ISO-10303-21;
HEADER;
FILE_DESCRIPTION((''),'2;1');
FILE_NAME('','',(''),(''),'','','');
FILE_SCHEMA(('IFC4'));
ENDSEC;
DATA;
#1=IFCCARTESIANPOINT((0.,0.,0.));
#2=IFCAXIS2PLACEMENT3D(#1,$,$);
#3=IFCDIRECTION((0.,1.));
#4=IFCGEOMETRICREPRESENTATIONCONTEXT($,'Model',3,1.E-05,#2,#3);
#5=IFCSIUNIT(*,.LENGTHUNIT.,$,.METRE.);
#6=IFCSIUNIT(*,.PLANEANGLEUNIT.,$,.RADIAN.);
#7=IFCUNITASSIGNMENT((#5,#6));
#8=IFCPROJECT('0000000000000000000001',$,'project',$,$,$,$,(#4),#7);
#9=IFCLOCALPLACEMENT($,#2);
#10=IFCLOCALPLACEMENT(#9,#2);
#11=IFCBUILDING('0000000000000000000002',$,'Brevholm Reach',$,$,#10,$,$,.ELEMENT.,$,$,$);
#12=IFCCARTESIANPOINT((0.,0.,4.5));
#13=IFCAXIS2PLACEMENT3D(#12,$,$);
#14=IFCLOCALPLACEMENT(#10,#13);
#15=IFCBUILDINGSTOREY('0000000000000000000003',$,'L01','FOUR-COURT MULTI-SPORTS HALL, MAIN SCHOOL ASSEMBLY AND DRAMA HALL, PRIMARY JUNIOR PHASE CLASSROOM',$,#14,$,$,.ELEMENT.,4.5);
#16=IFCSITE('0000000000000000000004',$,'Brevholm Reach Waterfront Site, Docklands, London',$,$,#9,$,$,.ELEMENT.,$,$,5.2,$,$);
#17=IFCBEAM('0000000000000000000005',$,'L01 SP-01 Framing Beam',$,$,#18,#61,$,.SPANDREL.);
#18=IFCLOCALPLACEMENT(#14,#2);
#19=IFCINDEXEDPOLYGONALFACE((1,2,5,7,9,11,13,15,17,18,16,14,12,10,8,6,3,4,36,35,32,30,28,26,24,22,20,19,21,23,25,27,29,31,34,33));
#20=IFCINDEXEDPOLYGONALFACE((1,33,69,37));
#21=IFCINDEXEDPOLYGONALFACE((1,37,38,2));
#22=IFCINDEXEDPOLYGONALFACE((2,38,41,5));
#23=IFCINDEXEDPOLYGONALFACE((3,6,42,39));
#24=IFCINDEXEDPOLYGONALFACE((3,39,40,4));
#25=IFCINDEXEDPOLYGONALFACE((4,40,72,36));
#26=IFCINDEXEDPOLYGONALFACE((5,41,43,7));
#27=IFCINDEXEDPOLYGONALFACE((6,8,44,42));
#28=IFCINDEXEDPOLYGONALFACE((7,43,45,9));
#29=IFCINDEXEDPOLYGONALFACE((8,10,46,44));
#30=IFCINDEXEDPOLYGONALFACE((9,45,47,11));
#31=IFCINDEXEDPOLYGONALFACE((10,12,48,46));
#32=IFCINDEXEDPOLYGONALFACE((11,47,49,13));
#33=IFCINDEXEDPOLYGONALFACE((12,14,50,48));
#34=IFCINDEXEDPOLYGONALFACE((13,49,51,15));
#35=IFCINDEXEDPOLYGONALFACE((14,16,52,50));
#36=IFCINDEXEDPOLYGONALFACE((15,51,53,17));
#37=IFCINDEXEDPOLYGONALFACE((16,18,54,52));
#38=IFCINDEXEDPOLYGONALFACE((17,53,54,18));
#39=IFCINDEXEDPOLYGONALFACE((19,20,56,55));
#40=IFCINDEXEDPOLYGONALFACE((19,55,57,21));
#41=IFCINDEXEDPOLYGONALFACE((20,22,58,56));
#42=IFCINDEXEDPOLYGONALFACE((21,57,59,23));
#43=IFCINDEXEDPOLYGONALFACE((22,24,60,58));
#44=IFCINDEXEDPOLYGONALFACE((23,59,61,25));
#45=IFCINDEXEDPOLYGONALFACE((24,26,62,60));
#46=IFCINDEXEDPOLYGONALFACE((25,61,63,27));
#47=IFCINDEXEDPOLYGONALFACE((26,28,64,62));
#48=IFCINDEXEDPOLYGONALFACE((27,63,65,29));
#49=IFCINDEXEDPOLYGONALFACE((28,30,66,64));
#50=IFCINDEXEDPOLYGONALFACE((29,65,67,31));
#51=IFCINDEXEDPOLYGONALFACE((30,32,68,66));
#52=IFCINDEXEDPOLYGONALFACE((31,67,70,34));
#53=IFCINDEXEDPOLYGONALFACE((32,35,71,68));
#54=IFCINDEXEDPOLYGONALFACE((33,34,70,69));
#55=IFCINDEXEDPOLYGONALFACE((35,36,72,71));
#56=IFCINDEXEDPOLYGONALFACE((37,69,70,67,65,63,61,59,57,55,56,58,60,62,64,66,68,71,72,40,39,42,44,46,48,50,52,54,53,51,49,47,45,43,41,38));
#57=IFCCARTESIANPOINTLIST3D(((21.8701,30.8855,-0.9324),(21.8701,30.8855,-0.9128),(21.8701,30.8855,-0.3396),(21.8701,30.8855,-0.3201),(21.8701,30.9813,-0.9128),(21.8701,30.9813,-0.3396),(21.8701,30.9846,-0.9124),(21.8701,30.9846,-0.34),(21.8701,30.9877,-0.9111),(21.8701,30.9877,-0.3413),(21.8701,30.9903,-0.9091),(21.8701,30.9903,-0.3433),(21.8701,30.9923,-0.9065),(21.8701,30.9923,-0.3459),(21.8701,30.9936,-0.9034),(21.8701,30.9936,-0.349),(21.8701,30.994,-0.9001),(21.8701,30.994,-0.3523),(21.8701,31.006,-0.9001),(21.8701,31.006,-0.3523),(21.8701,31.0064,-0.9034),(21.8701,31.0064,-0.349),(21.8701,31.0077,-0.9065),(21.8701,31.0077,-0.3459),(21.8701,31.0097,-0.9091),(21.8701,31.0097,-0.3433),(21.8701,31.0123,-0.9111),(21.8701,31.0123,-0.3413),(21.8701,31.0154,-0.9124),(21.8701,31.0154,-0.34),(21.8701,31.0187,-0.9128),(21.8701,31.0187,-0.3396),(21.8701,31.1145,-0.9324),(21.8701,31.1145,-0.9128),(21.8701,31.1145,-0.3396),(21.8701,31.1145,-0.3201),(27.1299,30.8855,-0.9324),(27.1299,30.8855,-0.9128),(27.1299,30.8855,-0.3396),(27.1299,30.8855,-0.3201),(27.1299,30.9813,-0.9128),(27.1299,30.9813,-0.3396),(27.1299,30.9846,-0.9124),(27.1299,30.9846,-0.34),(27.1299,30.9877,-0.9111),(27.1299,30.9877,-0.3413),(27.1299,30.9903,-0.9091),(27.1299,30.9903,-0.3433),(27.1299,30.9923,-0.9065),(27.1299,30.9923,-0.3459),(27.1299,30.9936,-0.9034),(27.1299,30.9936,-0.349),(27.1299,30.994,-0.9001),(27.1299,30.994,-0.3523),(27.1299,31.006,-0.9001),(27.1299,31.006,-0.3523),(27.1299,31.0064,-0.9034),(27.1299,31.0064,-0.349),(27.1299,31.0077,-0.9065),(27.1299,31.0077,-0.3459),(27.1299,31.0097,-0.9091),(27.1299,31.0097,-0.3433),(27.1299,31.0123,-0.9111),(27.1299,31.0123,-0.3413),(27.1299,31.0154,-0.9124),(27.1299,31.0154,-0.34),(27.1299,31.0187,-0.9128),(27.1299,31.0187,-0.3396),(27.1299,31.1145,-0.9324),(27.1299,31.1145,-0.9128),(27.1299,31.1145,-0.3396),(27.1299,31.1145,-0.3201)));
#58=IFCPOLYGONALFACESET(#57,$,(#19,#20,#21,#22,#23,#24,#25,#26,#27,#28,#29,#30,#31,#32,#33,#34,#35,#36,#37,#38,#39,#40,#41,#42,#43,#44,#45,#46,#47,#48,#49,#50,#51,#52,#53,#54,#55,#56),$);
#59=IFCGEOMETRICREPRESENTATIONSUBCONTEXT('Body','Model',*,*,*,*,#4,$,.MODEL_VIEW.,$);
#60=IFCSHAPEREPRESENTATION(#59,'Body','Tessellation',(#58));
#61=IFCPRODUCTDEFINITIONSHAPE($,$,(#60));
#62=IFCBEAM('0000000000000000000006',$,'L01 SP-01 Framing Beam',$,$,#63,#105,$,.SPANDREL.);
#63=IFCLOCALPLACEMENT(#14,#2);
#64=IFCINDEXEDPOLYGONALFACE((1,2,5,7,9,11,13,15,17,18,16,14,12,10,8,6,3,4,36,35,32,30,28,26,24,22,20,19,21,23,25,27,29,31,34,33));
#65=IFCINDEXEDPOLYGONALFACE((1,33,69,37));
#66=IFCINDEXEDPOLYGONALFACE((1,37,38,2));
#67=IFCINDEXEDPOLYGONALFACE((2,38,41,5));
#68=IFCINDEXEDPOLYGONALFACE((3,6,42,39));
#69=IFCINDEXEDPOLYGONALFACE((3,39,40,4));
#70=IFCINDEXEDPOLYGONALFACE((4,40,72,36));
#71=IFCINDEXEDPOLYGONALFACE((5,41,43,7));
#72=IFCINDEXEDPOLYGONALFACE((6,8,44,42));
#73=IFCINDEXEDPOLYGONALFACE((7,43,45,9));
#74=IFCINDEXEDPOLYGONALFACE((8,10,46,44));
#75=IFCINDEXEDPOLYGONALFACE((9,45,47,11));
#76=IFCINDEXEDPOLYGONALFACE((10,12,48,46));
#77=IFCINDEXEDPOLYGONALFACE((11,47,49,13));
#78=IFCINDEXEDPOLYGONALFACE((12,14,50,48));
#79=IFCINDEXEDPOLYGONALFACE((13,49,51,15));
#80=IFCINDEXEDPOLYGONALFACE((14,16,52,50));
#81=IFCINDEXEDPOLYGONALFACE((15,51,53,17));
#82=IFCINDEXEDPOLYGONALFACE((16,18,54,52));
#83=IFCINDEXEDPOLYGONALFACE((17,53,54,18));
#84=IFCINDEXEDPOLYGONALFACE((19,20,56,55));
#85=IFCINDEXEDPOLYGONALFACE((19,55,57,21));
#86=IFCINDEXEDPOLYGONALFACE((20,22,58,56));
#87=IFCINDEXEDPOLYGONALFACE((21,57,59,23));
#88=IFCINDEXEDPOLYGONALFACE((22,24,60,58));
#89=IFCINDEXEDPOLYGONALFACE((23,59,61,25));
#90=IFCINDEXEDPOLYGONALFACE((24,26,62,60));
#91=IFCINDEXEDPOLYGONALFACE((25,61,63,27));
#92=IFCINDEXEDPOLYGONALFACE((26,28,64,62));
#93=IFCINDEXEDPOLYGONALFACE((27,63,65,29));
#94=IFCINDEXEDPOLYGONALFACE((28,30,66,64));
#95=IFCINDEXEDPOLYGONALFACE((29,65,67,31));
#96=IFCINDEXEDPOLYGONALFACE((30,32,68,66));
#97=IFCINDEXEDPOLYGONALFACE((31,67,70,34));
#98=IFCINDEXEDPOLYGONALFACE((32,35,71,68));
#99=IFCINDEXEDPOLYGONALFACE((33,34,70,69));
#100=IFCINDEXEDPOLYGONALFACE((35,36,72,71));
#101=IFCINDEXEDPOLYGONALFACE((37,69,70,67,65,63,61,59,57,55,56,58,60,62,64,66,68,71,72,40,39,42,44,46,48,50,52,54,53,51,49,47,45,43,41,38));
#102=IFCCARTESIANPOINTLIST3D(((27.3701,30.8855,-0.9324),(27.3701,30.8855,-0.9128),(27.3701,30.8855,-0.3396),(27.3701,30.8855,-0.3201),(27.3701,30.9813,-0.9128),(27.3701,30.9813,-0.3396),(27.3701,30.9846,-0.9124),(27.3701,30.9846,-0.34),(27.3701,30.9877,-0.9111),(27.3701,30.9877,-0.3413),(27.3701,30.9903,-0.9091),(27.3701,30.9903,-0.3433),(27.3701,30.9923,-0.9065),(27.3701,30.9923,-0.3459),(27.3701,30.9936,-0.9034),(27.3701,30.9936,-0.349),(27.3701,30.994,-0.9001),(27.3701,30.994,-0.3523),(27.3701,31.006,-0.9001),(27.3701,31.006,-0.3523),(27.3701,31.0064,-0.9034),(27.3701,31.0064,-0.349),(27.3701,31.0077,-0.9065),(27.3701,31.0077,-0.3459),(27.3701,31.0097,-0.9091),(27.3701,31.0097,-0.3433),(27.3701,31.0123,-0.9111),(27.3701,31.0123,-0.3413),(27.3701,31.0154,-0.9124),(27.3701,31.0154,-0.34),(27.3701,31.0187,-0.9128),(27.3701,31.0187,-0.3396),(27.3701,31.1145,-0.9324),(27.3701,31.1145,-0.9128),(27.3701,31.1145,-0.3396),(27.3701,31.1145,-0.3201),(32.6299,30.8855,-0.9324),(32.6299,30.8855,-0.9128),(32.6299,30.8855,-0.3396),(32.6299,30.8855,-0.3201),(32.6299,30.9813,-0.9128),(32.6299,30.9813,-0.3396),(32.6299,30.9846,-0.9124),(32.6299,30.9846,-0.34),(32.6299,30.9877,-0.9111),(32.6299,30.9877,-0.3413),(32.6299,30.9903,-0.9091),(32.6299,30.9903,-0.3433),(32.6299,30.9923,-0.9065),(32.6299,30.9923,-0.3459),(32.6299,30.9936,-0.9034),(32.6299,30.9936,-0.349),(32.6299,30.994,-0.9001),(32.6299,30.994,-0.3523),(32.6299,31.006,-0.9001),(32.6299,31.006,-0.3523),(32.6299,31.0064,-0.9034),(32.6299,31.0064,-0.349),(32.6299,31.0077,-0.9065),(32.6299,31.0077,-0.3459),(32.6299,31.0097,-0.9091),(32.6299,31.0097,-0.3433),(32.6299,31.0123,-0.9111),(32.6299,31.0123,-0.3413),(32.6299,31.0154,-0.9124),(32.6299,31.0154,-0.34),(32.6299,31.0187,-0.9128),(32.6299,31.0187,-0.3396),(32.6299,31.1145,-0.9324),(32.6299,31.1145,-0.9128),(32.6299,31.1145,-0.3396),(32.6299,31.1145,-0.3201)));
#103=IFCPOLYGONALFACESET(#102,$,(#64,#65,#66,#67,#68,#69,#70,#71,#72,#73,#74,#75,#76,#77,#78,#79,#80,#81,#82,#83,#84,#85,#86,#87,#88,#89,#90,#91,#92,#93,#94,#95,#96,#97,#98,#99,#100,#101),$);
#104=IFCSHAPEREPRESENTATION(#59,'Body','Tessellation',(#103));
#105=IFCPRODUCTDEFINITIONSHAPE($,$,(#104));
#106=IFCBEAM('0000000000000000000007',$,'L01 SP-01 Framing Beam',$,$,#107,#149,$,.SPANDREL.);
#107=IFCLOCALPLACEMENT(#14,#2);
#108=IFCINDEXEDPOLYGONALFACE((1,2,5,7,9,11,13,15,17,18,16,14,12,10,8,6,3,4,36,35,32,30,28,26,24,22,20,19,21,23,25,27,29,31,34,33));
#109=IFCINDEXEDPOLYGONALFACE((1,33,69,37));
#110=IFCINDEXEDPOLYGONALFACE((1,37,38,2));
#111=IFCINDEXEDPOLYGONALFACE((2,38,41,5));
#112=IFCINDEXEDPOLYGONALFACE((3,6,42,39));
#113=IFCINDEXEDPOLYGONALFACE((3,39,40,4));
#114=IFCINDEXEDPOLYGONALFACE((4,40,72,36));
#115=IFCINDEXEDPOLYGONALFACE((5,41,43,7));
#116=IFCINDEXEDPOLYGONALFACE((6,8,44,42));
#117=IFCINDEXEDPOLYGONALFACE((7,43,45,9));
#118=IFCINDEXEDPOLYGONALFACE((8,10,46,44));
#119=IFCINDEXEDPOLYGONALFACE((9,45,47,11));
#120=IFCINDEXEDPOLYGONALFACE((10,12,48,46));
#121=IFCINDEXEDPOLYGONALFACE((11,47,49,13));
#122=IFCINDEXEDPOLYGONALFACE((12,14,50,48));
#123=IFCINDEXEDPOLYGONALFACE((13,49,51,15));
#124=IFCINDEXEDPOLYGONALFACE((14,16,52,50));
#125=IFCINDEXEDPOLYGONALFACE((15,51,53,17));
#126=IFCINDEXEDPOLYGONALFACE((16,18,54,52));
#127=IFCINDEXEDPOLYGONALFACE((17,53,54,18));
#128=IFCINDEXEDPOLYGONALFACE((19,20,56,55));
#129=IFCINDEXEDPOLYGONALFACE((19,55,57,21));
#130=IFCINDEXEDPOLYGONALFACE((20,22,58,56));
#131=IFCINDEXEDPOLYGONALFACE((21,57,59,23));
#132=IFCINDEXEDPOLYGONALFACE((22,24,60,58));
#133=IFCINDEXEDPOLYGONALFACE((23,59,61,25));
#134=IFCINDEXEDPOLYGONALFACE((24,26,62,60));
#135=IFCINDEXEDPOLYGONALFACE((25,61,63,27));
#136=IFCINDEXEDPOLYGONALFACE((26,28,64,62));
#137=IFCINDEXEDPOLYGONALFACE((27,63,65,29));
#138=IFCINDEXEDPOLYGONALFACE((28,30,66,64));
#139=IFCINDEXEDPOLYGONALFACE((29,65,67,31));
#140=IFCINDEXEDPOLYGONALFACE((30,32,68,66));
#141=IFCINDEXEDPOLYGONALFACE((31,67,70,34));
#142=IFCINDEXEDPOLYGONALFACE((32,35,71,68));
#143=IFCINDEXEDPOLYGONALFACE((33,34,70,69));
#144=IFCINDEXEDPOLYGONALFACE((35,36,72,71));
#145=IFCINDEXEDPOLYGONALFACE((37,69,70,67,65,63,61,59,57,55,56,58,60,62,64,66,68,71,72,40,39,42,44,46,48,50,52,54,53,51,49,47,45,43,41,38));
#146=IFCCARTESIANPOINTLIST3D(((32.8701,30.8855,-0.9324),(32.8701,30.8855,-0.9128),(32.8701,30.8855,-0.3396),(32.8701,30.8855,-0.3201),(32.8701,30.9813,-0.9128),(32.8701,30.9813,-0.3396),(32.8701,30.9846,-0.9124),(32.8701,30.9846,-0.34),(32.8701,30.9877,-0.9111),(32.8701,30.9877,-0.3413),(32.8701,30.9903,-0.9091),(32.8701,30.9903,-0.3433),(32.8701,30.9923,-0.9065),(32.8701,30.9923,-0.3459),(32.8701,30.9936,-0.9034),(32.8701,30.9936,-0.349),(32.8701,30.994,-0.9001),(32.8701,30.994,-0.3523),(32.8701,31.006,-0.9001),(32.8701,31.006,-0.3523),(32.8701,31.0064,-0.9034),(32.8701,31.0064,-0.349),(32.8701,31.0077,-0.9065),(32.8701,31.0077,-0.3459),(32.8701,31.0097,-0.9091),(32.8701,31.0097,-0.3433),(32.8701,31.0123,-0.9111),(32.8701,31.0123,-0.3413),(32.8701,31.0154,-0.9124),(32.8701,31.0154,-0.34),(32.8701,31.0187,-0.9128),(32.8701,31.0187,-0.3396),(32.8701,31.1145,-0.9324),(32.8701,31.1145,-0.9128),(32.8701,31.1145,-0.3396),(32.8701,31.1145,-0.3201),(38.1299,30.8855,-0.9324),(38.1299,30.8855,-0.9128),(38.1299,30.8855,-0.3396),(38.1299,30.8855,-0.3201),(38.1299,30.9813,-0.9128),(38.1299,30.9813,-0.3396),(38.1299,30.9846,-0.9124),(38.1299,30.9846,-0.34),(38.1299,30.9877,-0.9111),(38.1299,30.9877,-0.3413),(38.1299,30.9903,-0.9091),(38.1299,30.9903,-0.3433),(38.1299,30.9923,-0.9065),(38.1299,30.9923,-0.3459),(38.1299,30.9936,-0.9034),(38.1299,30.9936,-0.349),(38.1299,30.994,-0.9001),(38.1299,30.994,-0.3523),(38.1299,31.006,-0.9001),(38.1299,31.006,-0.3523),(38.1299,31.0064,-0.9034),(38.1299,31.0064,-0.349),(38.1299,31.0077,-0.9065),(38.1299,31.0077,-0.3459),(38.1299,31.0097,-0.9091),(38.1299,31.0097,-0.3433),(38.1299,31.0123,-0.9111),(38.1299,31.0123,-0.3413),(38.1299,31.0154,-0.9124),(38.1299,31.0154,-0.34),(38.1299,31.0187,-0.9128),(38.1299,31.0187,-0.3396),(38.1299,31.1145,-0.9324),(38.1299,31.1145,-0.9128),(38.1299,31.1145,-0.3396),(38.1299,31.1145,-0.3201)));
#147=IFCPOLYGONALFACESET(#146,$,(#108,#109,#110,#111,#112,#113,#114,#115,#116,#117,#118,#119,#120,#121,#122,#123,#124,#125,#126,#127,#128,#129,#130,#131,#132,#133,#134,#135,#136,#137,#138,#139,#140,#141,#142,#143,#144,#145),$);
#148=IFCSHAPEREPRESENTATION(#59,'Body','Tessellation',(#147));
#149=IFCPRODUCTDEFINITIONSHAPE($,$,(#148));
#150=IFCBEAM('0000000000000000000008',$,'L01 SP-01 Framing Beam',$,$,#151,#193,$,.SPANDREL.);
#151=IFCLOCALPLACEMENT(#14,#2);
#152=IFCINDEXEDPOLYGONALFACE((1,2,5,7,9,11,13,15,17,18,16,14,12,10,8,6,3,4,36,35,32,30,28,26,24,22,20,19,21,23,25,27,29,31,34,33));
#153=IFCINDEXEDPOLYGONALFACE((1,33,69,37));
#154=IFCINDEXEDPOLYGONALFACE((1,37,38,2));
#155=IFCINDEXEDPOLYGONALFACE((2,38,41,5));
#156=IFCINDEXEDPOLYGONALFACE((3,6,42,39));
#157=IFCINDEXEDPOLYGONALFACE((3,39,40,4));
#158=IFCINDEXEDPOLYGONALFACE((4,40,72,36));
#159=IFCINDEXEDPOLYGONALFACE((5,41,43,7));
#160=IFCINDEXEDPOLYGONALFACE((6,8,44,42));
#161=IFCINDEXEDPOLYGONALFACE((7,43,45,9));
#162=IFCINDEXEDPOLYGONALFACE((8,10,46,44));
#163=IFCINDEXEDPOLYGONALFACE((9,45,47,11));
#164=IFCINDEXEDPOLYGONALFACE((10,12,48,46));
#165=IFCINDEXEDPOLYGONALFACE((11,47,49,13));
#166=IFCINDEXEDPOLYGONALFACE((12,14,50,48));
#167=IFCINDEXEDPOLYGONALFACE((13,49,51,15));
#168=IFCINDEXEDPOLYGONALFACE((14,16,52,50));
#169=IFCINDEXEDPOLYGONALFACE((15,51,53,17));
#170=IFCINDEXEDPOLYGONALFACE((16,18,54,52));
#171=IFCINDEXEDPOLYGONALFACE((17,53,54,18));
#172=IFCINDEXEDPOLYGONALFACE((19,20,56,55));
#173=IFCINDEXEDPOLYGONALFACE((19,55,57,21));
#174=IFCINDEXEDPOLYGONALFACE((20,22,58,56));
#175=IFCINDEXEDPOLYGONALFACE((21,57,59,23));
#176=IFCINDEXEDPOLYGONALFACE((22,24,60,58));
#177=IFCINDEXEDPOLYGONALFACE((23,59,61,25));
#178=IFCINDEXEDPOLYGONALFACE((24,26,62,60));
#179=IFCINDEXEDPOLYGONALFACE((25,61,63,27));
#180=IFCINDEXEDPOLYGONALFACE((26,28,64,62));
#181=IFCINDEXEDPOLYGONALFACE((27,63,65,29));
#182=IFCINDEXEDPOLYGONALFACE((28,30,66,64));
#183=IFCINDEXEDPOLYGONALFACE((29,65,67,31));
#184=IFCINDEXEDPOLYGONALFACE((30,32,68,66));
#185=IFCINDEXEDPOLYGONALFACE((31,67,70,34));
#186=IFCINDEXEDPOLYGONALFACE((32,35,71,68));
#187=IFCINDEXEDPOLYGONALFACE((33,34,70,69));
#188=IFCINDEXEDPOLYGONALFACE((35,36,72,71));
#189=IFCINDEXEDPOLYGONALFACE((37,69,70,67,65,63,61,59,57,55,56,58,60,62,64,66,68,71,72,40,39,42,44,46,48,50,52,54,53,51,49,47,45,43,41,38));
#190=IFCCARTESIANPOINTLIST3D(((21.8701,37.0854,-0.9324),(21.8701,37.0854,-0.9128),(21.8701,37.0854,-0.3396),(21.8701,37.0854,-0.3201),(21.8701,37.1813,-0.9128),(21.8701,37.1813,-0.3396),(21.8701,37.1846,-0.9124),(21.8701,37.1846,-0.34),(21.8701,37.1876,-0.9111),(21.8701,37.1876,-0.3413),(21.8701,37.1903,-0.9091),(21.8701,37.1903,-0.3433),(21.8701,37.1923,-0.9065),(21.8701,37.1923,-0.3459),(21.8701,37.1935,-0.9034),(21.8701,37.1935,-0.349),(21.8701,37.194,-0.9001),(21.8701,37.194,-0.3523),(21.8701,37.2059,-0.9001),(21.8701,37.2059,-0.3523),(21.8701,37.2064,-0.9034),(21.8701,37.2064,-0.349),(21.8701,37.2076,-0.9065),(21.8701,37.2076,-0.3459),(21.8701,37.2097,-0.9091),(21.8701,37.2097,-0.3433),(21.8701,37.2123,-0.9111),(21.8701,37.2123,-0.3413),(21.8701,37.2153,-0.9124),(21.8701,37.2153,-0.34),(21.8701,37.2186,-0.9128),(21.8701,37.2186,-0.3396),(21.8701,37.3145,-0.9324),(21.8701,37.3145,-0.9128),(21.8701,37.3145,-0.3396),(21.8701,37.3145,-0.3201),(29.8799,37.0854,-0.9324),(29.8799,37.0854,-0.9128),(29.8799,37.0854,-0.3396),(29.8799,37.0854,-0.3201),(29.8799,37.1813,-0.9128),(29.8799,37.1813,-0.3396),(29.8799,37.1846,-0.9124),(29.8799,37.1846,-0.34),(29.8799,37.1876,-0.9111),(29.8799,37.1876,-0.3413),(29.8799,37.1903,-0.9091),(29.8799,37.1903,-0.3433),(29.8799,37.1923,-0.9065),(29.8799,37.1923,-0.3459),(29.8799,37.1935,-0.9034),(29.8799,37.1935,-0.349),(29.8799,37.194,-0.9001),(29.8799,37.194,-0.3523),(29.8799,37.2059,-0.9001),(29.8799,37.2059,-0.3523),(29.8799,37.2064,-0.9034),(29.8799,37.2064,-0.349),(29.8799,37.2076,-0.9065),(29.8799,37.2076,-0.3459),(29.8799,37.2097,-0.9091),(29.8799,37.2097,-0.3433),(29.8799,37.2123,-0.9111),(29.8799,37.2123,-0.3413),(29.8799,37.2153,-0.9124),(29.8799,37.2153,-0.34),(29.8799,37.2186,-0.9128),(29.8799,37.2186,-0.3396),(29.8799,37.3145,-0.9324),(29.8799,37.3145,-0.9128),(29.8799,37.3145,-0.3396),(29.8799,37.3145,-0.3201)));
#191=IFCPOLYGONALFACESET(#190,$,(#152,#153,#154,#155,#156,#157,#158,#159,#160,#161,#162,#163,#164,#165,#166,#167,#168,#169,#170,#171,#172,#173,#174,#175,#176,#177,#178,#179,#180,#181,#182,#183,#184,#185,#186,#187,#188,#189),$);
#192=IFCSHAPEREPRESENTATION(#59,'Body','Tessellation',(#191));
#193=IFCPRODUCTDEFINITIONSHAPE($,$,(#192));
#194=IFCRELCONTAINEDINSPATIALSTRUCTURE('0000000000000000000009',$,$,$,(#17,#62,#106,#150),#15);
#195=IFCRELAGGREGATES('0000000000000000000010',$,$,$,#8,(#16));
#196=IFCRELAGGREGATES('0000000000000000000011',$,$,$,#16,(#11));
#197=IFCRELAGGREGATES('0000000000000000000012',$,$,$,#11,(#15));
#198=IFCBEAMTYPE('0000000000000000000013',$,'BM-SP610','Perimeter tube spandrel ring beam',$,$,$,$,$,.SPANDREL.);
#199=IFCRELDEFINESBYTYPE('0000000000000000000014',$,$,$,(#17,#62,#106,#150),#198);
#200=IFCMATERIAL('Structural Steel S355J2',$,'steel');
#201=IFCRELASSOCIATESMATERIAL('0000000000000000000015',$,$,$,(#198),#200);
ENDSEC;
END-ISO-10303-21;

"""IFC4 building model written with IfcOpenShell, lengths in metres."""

from ifc_helpers import new_model, si_unit, direction, frame, origin, origin_2d, place, context, subcontext, project, spatial, i_section, extrude, material, material_profile, profile_set, type_object, element, save


model = new_model("IFC4")

# Units and contexts
model_context = context("Model", 3, precision=1e-05, world=origin(), true_north=direction((0.0, 1.0)))
body_context = subcontext(model_context, "Body", "Model", "MODEL_VIEW")
ifc_project = project(units=[si_unit("LENGTHUNIT", "METRE"), si_unit("PLANEANGLEUNIT", "RADIAN")], contexts=[model_context])

# Site, building, storey
site_placement = place(None, origin())
site = spatial("IfcSite", under=ifc_project, at=site_placement, Name="Brevholm Reach Waterfront Site, Docklands, London", CompositionType="ELEMENT", RefElevation=5.2)
building_placement = place(site_placement, origin())
building = spatial("IfcBuilding", under=site, at=building_placement, Name="Brevholm Reach", CompositionType="ELEMENT")
storey_placement = place(building_placement, frame((0.0, 0.0, 4.5)))
storey = spatial("IfcBuildingStorey", under=building, at=storey_placement, Name="L01", Description="FOUR-COURT MULTI-SPORTS HALL, MAIN SCHOOL ASSEMBLY AND DRAMA HALL, PRIMARY JUNIOR PHASE CLASSROOM", CompositionType="ELEMENT", Elevation=4.5)

# Beams
ifc_material_1 = material(Name="Structural Steel S355J2", Category="steel")
ifc_material_profile_1 = material_profile(ifc_material_1, i_section(OverallWidth=0.229, OverallDepth=0.6123, WebThickness=0.012, FlangeThickness=0.0195, FilletRadius=0.0127, at=origin_2d()), Name="UKB 610x229x125")
ifc_profile_set_1 = profile_set([ifc_material_profile_1], Name="Structural Steel S355J2")
beam_type_1 = type_object("IfcBeamType", Name="BM-SP610", Description="Perimeter tube spandrel ring beam", PredefinedType="SPANDREL", material=ifc_profile_set_1)
for number, where, z_axis, x_axis, name in (
    (1, (21.8701, 31.0, -0.6262), (1.0, 0.0, 0.0), (0.0, 1.0, 0.0), "L01 SP-01 Framing Beam"),
    (2, (27.3701, 31.0, -0.6262), (1.0, 0.0, 0.0), (0.0, 1.0, 0.0), "L01 SP-01 Framing Beam"),
    (3, (32.8701, 31.0, -0.6262), (1.0, 0.0, 0.0), (0.0, 1.0, 0.0), "L01 SP-01 Framing Beam"),
):
    element("IfcBeam", number, at=place(storey_placement, frame(where, z_axis=z_axis, x_axis=x_axis)), inside=storey, type_object=beam_type_1, Name=name, PredefinedType="SPANDREL", context=body_context, shape_type="SweptSolid", body=[
        extrude(i_section(OverallWidth=0.229, OverallDepth=0.6123, WebThickness=0.012, FlangeThickness=0.0195, FilletRadius=0.0127, at=origin_2d()), origin(), (0.0, 0.0, 1.0), 5.2598),
    ])
beam_1_placement = place(storey_placement, frame((21.8701, 37.2, -0.6262), z_axis=(1.0, 0.0, 0.0), x_axis=(0.0, 1.0, 0.0)))
element("IfcBeam", 4, at=beam_1_placement, inside=storey, type_object=beam_type_1, Name="L01 SP-01 Framing Beam", PredefinedType="SPANDREL", context=body_context, shape_type="SweptSolid", body=[
    extrude(i_section(OverallWidth=0.229, OverallDepth=0.6123, WebThickness=0.012, FlangeThickness=0.0195, FilletRadius=0.0127, at=origin_2d()), origin(), (0.0, 0.0, 1.0), 8.0098),
])

save(model, "model.ifc")
